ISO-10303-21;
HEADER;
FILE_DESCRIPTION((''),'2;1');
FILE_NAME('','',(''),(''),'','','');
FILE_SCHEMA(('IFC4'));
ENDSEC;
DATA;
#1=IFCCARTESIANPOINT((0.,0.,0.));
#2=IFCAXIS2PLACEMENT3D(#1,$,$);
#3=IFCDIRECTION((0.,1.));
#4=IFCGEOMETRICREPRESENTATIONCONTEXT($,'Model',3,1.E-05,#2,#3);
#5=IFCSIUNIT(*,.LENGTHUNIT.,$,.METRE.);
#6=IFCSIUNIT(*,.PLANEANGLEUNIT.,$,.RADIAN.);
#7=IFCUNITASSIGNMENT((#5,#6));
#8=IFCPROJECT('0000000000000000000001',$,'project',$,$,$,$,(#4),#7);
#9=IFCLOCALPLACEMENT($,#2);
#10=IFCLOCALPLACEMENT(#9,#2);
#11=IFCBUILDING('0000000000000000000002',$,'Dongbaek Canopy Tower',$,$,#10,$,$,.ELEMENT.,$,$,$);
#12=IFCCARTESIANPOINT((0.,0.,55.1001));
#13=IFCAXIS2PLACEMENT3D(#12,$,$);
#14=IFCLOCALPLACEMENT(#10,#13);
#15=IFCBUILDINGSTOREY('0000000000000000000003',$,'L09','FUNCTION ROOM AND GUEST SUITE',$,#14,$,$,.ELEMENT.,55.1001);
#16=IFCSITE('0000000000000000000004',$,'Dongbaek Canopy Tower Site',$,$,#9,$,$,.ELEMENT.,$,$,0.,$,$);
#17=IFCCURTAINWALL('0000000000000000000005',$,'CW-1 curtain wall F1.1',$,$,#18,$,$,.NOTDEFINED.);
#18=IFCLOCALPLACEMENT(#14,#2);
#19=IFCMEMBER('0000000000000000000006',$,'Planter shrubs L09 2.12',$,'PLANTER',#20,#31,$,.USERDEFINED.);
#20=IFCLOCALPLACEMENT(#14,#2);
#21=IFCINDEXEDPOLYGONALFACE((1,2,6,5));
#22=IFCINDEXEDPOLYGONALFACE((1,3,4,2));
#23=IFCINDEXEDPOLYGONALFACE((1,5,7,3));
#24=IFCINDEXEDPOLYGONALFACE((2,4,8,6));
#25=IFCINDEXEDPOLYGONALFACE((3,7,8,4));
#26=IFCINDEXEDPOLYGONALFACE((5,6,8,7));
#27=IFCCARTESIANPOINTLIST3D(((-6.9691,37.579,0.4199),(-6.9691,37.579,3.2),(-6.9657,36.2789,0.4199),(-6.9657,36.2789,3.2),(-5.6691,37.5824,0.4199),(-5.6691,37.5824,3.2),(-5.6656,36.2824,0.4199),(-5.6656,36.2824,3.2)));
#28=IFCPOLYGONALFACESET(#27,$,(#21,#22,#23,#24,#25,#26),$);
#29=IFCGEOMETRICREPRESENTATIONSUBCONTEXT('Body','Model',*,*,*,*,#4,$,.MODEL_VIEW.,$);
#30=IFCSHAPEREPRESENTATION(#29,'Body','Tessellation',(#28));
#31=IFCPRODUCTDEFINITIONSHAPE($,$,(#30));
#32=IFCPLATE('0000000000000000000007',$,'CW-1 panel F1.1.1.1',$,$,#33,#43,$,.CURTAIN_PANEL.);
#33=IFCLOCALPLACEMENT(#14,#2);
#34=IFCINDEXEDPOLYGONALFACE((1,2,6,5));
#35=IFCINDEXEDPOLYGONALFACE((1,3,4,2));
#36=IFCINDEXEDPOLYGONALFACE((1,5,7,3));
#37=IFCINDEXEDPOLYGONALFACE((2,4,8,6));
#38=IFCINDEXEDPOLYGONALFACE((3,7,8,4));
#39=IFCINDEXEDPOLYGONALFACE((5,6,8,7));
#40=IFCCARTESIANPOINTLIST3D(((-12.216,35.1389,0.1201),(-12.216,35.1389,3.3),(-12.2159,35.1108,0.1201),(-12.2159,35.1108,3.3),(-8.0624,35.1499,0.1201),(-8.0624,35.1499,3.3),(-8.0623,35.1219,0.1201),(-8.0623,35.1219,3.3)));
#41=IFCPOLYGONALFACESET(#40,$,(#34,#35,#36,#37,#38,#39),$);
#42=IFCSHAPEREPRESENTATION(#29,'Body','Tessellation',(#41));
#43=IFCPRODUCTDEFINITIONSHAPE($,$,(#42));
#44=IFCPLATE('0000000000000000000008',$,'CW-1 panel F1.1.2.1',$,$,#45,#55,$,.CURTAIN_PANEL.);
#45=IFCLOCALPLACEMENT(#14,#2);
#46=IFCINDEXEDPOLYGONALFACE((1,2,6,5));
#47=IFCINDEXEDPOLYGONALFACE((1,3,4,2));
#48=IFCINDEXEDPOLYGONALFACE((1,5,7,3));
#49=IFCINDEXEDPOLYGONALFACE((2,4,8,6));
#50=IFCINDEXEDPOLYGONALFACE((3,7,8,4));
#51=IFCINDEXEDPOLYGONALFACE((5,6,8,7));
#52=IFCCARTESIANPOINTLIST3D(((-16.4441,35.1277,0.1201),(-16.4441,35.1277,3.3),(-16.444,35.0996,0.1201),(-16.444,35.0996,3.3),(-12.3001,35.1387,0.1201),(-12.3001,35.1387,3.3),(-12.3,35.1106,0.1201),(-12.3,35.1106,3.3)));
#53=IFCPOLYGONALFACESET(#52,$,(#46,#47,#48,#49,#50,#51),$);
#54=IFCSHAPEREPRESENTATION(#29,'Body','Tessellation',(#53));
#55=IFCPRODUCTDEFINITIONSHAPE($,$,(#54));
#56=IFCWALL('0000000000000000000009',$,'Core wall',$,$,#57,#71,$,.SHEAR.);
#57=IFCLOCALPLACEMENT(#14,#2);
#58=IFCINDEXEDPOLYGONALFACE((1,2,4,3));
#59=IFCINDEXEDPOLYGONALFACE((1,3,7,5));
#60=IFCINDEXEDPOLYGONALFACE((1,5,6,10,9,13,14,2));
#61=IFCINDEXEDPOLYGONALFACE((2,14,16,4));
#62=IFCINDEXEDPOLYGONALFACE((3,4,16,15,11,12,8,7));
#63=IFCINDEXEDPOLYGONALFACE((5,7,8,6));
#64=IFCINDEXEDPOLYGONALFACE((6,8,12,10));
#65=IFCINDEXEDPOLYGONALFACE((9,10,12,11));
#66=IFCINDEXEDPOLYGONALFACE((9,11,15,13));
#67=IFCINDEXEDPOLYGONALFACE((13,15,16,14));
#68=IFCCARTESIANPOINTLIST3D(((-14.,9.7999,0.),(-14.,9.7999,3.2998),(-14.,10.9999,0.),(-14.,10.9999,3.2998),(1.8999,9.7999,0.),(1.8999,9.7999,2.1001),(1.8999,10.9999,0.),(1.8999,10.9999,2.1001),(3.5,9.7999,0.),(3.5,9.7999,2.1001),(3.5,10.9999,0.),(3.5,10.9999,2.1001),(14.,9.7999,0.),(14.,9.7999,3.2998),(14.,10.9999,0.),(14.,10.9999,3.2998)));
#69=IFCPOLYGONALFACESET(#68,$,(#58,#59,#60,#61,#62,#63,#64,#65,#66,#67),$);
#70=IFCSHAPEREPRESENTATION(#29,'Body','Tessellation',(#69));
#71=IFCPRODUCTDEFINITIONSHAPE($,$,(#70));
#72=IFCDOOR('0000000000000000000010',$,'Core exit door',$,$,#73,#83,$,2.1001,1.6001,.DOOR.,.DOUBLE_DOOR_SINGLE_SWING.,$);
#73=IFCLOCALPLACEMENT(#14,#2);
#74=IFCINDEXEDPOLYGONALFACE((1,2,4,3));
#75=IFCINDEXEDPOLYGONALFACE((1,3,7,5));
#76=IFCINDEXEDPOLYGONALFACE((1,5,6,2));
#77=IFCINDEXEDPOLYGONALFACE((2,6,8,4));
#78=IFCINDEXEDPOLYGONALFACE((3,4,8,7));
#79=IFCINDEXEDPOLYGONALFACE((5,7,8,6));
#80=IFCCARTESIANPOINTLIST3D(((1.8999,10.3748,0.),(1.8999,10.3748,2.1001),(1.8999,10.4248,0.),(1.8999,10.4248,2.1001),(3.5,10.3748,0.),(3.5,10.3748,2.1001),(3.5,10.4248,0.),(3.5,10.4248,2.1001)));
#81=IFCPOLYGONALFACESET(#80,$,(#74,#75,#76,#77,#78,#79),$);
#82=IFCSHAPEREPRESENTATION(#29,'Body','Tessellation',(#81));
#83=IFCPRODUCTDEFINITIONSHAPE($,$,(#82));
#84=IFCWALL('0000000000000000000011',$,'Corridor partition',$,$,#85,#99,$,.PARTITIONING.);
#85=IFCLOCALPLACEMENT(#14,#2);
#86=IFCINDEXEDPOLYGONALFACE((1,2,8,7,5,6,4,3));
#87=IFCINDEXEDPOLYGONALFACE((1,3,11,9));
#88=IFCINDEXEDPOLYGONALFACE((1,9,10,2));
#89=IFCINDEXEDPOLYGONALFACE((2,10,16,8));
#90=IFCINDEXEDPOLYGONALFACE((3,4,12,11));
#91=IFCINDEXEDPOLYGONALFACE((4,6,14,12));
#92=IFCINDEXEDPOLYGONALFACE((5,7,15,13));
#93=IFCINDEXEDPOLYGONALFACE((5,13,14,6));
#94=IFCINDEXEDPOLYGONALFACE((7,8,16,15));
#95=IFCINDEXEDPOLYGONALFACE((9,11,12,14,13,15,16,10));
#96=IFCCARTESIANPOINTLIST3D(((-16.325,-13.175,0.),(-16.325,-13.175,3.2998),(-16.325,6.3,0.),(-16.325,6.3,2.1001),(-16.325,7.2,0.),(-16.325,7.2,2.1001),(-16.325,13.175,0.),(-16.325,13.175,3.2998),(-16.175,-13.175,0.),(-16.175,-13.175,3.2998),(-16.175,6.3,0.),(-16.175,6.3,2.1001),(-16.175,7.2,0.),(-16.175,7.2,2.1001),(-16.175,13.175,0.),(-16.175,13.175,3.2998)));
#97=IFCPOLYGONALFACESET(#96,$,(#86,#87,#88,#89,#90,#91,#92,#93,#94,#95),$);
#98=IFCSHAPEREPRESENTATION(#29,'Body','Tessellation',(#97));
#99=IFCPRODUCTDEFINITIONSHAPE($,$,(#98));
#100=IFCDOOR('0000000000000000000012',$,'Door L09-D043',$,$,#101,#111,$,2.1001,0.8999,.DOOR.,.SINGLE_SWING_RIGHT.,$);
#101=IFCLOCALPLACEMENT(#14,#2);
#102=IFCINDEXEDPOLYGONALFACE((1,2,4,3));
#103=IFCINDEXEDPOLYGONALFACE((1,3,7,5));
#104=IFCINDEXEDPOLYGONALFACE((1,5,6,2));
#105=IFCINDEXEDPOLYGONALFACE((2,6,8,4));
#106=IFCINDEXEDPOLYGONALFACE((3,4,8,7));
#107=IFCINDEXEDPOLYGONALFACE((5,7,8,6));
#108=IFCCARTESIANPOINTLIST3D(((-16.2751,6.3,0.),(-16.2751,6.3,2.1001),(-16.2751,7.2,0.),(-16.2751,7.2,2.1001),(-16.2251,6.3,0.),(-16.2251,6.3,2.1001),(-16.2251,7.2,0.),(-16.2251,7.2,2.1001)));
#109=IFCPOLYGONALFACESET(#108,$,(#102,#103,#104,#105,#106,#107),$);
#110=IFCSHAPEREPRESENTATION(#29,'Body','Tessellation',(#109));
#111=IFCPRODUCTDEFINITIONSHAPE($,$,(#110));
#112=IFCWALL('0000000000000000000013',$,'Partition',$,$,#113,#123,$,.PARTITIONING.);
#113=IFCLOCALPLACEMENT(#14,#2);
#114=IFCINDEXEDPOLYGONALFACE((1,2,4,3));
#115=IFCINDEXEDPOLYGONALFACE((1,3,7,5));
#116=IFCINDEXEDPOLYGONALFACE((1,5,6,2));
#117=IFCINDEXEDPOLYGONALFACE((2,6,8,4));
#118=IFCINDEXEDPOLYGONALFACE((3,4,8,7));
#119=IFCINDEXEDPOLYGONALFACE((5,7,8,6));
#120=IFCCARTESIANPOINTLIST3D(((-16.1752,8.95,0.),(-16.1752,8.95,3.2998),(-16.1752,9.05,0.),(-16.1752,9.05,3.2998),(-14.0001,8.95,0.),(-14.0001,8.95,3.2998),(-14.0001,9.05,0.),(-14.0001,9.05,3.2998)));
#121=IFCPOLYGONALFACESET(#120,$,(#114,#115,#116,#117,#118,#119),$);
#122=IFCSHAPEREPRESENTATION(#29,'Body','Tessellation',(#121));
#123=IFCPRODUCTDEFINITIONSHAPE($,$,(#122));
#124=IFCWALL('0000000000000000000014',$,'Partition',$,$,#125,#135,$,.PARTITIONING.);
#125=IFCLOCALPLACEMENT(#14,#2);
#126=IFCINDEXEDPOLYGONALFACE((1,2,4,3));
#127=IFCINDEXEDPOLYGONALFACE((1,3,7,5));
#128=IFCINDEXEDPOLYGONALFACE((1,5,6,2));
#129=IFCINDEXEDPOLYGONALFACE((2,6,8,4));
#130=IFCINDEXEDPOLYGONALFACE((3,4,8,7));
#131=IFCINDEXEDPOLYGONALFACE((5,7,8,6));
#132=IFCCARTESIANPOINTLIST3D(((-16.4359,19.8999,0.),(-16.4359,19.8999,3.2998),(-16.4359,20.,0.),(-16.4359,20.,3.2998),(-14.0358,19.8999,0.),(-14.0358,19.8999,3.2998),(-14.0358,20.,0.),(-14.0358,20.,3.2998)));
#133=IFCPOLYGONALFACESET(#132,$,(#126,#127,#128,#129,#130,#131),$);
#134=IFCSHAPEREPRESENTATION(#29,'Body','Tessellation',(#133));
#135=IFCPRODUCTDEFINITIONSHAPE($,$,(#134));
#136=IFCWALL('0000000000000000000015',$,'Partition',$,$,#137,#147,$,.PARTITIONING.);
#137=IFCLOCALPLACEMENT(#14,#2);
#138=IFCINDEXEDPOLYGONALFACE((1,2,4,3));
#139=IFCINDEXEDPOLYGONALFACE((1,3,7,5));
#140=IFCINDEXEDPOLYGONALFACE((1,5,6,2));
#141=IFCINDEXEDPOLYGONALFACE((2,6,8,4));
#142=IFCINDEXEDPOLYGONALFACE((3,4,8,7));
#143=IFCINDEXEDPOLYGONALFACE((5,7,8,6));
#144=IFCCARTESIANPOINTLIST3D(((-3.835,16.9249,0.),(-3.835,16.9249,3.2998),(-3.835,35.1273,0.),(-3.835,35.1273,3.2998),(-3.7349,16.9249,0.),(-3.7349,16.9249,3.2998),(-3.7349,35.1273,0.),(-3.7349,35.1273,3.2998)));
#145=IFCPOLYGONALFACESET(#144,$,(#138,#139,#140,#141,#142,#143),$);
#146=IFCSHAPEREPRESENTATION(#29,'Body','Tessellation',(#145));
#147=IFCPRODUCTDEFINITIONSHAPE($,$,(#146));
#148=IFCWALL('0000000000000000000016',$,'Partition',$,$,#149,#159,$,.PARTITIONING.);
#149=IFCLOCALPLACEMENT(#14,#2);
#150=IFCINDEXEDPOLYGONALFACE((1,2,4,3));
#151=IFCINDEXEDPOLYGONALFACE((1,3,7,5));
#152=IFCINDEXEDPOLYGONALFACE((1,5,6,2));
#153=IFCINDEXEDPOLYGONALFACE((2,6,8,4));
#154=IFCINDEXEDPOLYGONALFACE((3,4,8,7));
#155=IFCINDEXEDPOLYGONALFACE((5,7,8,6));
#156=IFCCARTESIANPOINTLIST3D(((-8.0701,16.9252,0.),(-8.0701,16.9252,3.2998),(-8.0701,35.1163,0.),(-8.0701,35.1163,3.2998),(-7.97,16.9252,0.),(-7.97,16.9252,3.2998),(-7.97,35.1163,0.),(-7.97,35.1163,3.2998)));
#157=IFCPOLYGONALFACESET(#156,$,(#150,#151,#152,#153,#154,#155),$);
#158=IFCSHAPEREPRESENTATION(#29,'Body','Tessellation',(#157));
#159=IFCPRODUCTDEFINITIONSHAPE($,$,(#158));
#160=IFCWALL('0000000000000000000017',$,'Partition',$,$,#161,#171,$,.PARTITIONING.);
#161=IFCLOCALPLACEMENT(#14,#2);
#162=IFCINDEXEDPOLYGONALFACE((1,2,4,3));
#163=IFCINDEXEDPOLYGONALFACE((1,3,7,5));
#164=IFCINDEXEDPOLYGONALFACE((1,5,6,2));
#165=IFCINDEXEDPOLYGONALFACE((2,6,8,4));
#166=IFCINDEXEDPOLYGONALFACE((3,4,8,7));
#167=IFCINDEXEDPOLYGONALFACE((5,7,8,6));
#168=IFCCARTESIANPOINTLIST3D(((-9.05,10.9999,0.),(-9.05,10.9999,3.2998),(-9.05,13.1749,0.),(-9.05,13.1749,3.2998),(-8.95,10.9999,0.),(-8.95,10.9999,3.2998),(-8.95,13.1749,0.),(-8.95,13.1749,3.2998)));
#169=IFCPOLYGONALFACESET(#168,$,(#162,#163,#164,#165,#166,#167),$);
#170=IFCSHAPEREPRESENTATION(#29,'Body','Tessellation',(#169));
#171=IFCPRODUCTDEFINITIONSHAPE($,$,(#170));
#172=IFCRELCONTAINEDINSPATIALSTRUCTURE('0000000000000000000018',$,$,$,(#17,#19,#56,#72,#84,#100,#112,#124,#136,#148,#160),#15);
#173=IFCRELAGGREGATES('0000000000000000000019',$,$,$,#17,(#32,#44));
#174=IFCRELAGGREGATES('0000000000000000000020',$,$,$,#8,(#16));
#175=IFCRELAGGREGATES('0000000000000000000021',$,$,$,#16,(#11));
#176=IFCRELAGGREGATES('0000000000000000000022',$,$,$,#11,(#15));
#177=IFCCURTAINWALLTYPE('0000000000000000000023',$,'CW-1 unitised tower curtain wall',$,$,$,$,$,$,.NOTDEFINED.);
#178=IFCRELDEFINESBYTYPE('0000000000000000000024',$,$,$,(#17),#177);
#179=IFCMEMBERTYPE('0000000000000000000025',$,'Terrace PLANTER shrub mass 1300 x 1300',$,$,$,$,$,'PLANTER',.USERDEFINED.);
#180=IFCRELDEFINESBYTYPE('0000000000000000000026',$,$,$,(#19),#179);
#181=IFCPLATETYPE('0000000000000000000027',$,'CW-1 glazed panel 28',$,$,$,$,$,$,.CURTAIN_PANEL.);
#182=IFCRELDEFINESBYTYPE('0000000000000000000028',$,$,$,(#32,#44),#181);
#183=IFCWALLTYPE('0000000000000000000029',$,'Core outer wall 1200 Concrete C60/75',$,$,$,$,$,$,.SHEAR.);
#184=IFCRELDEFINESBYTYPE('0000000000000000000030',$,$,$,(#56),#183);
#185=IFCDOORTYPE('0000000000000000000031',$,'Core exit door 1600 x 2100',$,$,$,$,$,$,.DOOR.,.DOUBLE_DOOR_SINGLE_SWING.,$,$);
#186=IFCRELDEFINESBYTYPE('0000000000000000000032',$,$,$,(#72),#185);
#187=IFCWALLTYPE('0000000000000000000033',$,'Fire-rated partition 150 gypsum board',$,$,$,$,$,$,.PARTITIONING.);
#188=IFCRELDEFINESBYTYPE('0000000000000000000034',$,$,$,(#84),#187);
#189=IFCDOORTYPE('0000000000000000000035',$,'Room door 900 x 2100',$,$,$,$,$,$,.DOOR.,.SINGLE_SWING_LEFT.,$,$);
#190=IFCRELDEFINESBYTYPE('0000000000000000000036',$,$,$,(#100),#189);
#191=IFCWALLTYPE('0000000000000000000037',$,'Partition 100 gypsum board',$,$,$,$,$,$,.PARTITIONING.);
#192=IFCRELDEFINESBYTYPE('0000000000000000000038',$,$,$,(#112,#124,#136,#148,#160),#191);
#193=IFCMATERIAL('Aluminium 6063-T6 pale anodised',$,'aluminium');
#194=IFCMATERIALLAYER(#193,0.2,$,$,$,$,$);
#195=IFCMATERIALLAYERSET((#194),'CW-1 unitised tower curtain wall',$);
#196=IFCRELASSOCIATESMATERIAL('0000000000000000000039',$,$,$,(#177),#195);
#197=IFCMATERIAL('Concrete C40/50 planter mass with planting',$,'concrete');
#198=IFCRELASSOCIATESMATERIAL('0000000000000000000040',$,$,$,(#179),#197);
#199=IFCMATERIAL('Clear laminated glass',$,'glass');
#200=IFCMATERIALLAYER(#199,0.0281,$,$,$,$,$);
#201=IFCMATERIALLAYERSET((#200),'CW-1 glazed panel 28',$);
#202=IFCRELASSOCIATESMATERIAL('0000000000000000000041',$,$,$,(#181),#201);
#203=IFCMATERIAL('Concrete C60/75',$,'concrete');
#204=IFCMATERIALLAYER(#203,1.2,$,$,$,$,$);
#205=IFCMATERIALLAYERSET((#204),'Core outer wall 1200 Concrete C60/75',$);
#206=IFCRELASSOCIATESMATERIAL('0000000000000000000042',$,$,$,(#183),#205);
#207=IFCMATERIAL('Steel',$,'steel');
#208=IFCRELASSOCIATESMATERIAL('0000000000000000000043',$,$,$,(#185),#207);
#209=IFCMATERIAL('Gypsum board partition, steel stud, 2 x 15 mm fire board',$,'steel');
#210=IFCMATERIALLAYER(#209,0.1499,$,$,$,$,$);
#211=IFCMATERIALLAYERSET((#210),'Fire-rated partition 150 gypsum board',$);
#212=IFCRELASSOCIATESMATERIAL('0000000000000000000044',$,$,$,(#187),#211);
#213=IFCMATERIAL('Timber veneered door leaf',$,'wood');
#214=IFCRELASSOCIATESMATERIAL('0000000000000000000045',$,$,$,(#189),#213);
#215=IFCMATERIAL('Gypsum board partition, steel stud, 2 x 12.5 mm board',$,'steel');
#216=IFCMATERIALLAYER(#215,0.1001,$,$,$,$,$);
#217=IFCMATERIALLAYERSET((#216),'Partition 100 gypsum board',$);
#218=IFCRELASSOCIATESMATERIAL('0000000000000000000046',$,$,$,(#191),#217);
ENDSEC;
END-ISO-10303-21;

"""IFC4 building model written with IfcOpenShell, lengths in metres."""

from ifc_helpers import new_model, si_unit, direction, frame, frame_2d, origin, origin_2d, place, context, subcontext, project, spatial, rectangle, extrude, material, layer, layer_set, material_profile, profile_set, type_object, element, fill, aggregate, save


model = new_model("IFC4")

# Units and contexts
model_context = context("Model", 3, precision=1e-05, world=origin(), true_north=direction((0.0, 1.0)))
body_context = subcontext(model_context, "Body", "Model", "MODEL_VIEW")
ifc_project = project(units=[si_unit("LENGTHUNIT", "METRE"), si_unit("PLANEANGLEUNIT", "RADIAN")], contexts=[model_context])

# Site, building, storey
site_placement = place(None, origin())
site = spatial("IfcSite", under=ifc_project, at=site_placement, Name="Dongbaek Canopy Tower Site", CompositionType="ELEMENT", RefElevation=0.0)
building_placement = place(site_placement, origin())
building = spatial("IfcBuilding", under=site, at=building_placement, Name="Dongbaek Canopy Tower", CompositionType="ELEMENT")
storey_placement = place(building_placement, frame((0.0, 0.0, 55.1001)))
storey = spatial("IfcBuildingStorey", under=building, at=storey_placement, Name="L09", Description="FUNCTION ROOM AND GUEST SUITE", CompositionType="ELEMENT", Elevation=55.1001)

# Curtain wall
ifc_material_1 = material(Name="Aluminium 6063-T6 pale anodised", Category="aluminium")
ifc_layer_1 = layer(ifc_material_1, 0.2)
ifc_layer_set_1 = layer_set([ifc_layer_1], Name="CW-1 unitised tower curtain wall")
curtain_wall_type = type_object("IfcCurtainWallType", Name="CW-1 unitised tower curtain wall", PredefinedType="NOTDEFINED", material=ifc_layer_set_1)
curtain_wall_placement = place(storey_placement, origin())
curtain_wall = element("IfcCurtainWall", 1, at=curtain_wall_placement, inside=storey, type_object=curtain_wall_type, Name="CW-1 curtain wall F1.1", PredefinedType="NOTDEFINED")

# Member
ifc_material_2 = material(Name="Concrete C40/50 planter mass with planting", Category="concrete")
ifc_material_profile_1 = material_profile(ifc_material_2, rectangle(XDim=1.3, YDim=1.3, at=origin_2d()), Name="Terrace PLANTER shrub mass 1300 x 1300")
ifc_profile_set_1 = profile_set([ifc_material_profile_1], Name="Concrete C40/50 planter mass with planting")
member_type_1 = type_object("IfcMemberType", Name="Terrace PLANTER shrub mass 1300 x 1300", ElementType="PLANTER", PredefinedType="USERDEFINED", material=ifc_profile_set_1)
member_1_placement = place(storey_placement, frame((-6.3174, 36.9307, 0.4199), z_axis=(0.0, 0.0, 1.0), x_axis=(-0.002666, 0.999996, 0.0)))
element("IfcMember", 2, at=member_1_placement, inside=storey, type_object=member_type_1, Name="Planter shrubs L09 2.12", ObjectType="PLANTER", PredefinedType="USERDEFINED", context=body_context, shape_type="SweptSolid", body=[
    extrude(rectangle(XDim=1.3, YDim=1.3, at=origin_2d()), origin(), (0.0, 0.0, 1.0), 2.78),
])

# Plates
ifc_material_3 = material(Name="Clear laminated glass", Category="glass")
ifc_layer_2 = layer(ifc_material_3, 0.0281)
ifc_layer_set_2 = layer_set([ifc_layer_2], Name="CW-1 glazed panel 28")
plate_type = type_object("IfcPlateType", Name="CW-1 glazed panel 28", PredefinedType="CURTAIN_PANEL", material=ifc_layer_set_2)
plate_1_placement = place(storey_placement, frame((-10.1392, 35.1304, 0.1201), z_axis=(0.0, 0.0, 1.0), x_axis=(-0.999996, -0.002666, 0.0)))
plate_1 = element("IfcPlate", 3, at=plate_1_placement, type_object=plate_type, Name="CW-1 panel F1.1.1.1", PredefinedType="CURTAIN_PANEL", context=body_context, shape_type="SweptSolid", body=[
    extrude(rectangle(XDim=4.1536, YDim=0.0281, at=origin_2d()), origin(), (0.0, 0.0, 1.0), 3.1799),
])
plate_2_placement = place(storey_placement, frame((-14.3721, 35.1191, 0.1201), z_axis=(0.0, 0.0, 1.0), x_axis=(-0.999996, -0.002666, 0.0)))
plate_2 = element("IfcPlate", 4, at=plate_2_placement, type_object=plate_type, Name="CW-1 panel F1.1.2.1", PredefinedType="CURTAIN_PANEL", context=body_context, shape_type="SweptSolid", body=[
    extrude(rectangle(XDim=4.144, YDim=0.0281, at=origin_2d()), origin(), (0.0, 0.0, 1.0), 3.1799),
])

# Walls, openings, doors
ifc_material_4 = material(Name="Concrete C60/75", Category="concrete")
ifc_layer_3 = layer(ifc_material_4, 1.2)
ifc_layer_set_3 = layer_set([ifc_layer_3], Name="Core outer wall 1200 Concrete C60/75")
wall_type_1 = type_object("IfcWallType", Name="Core outer wall 1200 Concrete C60/75", PredefinedType="SHEAR", material=ifc_layer_set_3)
wall_1_placement = place(storey_placement, frame((-14.0, 10.3999, 0.0), z_axis=(0.0, 0.0, 1.0), x_axis=(1.0, 0.0, 0.0)))
wall_1 = element("IfcWall", 5, at=wall_1_placement, inside=storey, type_object=wall_type_1, Name="Core wall", PredefinedType="SHEAR", context=body_context, shape_type="SweptSolid", body=[
    extrude(rectangle(XDim=28.0, YDim=1.2, at=frame_2d((14.0, 0.0))), origin(), (0.0, 0.0, 1.0), 3.2998),
])
opening_1_placement = place(wall_1_placement, frame((15.8999, 0.0, 0.0)))
opening_1 = element("IfcOpeningElement", 6, at=opening_1_placement, cuts=wall_1, PredefinedType="OPENING", context=body_context, shape_type="SweptSolid", body=[
    extrude(rectangle(XDim=1.6001, YDim=2.1001, at=frame_2d((0.8, 1.05))), frame((0.0, 0.6099, 0.0), z_axis=(0.0, -1.0, 0.0), x_axis=(1.0, 0.0, 0.0)), (0.0, 0.0, 1.0), 1.22),
])
ifc_material_5 = material(Name="Steel", Category="steel")
door_type_1 = type_object("IfcDoorType", Name="Core exit door 1600 x 2100", OperationType="DOUBLE_DOOR_SINGLE_SWING", PredefinedType="DOOR", material=ifc_material_5)
door_1_placement = place(opening_1_placement, origin())
door_1 = element("IfcDoor", 7, at=door_1_placement, inside=storey, type_object=door_type_1, Name="Core exit door", OperationType="DOUBLE_DOOR_SINGLE_SWING", OverallHeight=2.1001, OverallWidth=1.6001, PredefinedType="DOOR", context=body_context, shape_type="SweptSolid", body=[
    extrude(rectangle(XDim=1.6001, YDim=2.1001, at=frame_2d((0.8, 1.05))), frame((0.0, 0.0249, 0.0), z_axis=(0.0, -1.0, 0.0), x_axis=(1.0, 0.0, 0.0)), (0.0, 0.0, 1.0), 0.05),
])
fill(opening_1, door_1)
ifc_material_6 = material(Name="Gypsum board partition, steel stud, 2 x 15 mm fire board", Category="steel")
ifc_layer_4 = layer(ifc_material_6, 0.1499)
ifc_layer_set_4 = layer_set([ifc_layer_4], Name="Fire-rated partition 150 gypsum board")
wall_type_2 = type_object("IfcWallType", Name="Fire-rated partition 150 gypsum board", PredefinedType="PARTITIONING", material=ifc_layer_set_4)
wall_2_placement = place(storey_placement, frame((-16.25, 13.175, 0.0), z_axis=(0.0, 0.0, 1.0), x_axis=(0.0, -1.0, 0.0)))
wall_2 = element("IfcWall", 8, at=wall_2_placement, inside=storey, type_object=wall_type_2, Name="Corridor partition", PredefinedType="PARTITIONING", context=body_context, shape_type="SweptSolid", body=[
    extrude(rectangle(XDim=26.3501, YDim=0.1499, at=frame_2d((13.175, 0.0))), origin(), (0.0, 0.0, 1.0), 3.2998),
])
opening_2_placement = place(wall_2_placement, frame((5.9751, 0.0, 0.0)))
opening_2 = element("IfcOpeningElement", 9, at=opening_2_placement, cuts=wall_2, PredefinedType="OPENING", context=body_context, shape_type="SweptSolid", body=[
    extrude(rectangle(XDim=0.8999, YDim=2.1001, at=frame_2d((0.45, 1.05))), frame((0.0, 0.085, 0.0), z_axis=(0.0, -1.0, 0.0), x_axis=(1.0, 0.0, 0.0)), (0.0, 0.0, 1.0), 0.1699),
])
ifc_material_7 = material(Name="Timber veneered door leaf", Category="wood")
door_type_2 = type_object("IfcDoorType", Name="Room door 900 x 2100", OperationType="SINGLE_SWING_LEFT", PredefinedType="DOOR", material=ifc_material_7)
door_2_placement = place(opening_2_placement, origin())
door_2 = element("IfcDoor", 10, at=door_2_placement, inside=storey, type_object=door_type_2, Name="Door L09-D043", OperationType="SINGLE_SWING_RIGHT", OverallHeight=2.1001, OverallWidth=0.8999, PredefinedType="DOOR", context=body_context, shape_type="SweptSolid", body=[
    extrude(rectangle(XDim=0.8999, YDim=2.1001, at=frame_2d((0.45, 1.05))), frame((0.0, 0.0249, 0.0), z_axis=(0.0, -1.0, 0.0), x_axis=(1.0, 0.0, 0.0)), (0.0, 0.0, 1.0), 0.05),
])
fill(opening_2, door_2)

# Walls
ifc_material_8 = material(Name="Gypsum board partition, steel stud, 2 x 12.5 mm board", Category="steel")
ifc_layer_5 = layer(ifc_material_8, 0.1001)
ifc_layer_set_5 = layer_set([ifc_layer_5], Name="Partition 100 gypsum board")
wall_type_3 = type_object("IfcWallType", Name="Partition 100 gypsum board", PredefinedType="PARTITIONING", material=ifc_layer_set_5)
wall_3_placement = place(storey_placement, frame((-16.175, 9.0, 0.0), z_axis=(0.0, 0.0, 1.0), x_axis=(1.0, 0.0, 0.0)))
element("IfcWall", 11, at=wall_3_placement, inside=storey, type_object=wall_type_3, Name="Partition", PredefinedType="PARTITIONING", context=body_context, shape_type="SweptSolid", body=[
    extrude(rectangle(XDim=2.175, YDim=0.1001, at=frame_2d((1.0874, 0.0))), origin(), (0.0, 0.0, 1.0), 3.2998),
])
wall_4_placement = place(storey_placement, frame((-16.436, 19.95, 0.0), z_axis=(0.0, 0.0, 1.0), x_axis=(1.0, 0.0, 0.0)))
element("IfcWall", 12, at=wall_4_placement, inside=storey, type_object=wall_type_3, Name="Partition", PredefinedType="PARTITIONING", context=body_context, shape_type="SweptSolid", body=[
    extrude(rectangle(XDim=2.4001, YDim=0.1001, at=frame_2d((1.2002, 0.0))), origin(), (0.0, 0.0, 1.0), 3.2998),
])
wall_5_placement = place(storey_placement, frame((-3.7849, 16.925, 0.0), z_axis=(0.0, 0.0, 1.0), x_axis=(0.0, 1.0, 0.0)))
element("IfcWall", 13, at=wall_5_placement, inside=storey, type_object=wall_type_3, Name="Partition", PredefinedType="PARTITIONING", context=body_context, shape_type="SweptSolid", body=[
    extrude(rectangle(XDim=18.2024, YDim=0.1001, at=frame_2d((9.1011, 0.0))), origin(), (0.0, 0.0, 1.0), 3.2998),
])
wall_6_placement = place(storey_placement, frame((-8.02, 16.925, 0.0), z_axis=(0.0, 0.0, 1.0), x_axis=(0.0, 1.0, 0.0)))
element("IfcWall", 14, at=wall_6_placement, inside=storey, type_object=wall_type_3, Name="Partition", PredefinedType="PARTITIONING", context=body_context, shape_type="SweptSolid", body=[
    extrude(rectangle(XDim=18.1912, YDim=0.1001, at=frame_2d((9.0957, 0.0))), origin(), (0.0, 0.0, 1.0), 3.2998),
])
wall_7_placement = place(storey_placement, frame((-9.0, 11.0, 0.0), z_axis=(0.0, 0.0, 1.0), x_axis=(0.0, 1.0, 0.0)))
element("IfcWall", 15, at=wall_7_placement, inside=storey, type_object=wall_type_3, Name="Partition", PredefinedType="PARTITIONING", context=body_context, shape_type="SweptSolid", body=[
    extrude(rectangle(XDim=2.175, YDim=0.1001, at=frame_2d((1.0874, 0.0))), origin(), (0.0, 0.0, 1.0), 3.2998),
])

aggregate(curtain_wall, [plate_1, plate_2])

save(model, "model.ifc")
